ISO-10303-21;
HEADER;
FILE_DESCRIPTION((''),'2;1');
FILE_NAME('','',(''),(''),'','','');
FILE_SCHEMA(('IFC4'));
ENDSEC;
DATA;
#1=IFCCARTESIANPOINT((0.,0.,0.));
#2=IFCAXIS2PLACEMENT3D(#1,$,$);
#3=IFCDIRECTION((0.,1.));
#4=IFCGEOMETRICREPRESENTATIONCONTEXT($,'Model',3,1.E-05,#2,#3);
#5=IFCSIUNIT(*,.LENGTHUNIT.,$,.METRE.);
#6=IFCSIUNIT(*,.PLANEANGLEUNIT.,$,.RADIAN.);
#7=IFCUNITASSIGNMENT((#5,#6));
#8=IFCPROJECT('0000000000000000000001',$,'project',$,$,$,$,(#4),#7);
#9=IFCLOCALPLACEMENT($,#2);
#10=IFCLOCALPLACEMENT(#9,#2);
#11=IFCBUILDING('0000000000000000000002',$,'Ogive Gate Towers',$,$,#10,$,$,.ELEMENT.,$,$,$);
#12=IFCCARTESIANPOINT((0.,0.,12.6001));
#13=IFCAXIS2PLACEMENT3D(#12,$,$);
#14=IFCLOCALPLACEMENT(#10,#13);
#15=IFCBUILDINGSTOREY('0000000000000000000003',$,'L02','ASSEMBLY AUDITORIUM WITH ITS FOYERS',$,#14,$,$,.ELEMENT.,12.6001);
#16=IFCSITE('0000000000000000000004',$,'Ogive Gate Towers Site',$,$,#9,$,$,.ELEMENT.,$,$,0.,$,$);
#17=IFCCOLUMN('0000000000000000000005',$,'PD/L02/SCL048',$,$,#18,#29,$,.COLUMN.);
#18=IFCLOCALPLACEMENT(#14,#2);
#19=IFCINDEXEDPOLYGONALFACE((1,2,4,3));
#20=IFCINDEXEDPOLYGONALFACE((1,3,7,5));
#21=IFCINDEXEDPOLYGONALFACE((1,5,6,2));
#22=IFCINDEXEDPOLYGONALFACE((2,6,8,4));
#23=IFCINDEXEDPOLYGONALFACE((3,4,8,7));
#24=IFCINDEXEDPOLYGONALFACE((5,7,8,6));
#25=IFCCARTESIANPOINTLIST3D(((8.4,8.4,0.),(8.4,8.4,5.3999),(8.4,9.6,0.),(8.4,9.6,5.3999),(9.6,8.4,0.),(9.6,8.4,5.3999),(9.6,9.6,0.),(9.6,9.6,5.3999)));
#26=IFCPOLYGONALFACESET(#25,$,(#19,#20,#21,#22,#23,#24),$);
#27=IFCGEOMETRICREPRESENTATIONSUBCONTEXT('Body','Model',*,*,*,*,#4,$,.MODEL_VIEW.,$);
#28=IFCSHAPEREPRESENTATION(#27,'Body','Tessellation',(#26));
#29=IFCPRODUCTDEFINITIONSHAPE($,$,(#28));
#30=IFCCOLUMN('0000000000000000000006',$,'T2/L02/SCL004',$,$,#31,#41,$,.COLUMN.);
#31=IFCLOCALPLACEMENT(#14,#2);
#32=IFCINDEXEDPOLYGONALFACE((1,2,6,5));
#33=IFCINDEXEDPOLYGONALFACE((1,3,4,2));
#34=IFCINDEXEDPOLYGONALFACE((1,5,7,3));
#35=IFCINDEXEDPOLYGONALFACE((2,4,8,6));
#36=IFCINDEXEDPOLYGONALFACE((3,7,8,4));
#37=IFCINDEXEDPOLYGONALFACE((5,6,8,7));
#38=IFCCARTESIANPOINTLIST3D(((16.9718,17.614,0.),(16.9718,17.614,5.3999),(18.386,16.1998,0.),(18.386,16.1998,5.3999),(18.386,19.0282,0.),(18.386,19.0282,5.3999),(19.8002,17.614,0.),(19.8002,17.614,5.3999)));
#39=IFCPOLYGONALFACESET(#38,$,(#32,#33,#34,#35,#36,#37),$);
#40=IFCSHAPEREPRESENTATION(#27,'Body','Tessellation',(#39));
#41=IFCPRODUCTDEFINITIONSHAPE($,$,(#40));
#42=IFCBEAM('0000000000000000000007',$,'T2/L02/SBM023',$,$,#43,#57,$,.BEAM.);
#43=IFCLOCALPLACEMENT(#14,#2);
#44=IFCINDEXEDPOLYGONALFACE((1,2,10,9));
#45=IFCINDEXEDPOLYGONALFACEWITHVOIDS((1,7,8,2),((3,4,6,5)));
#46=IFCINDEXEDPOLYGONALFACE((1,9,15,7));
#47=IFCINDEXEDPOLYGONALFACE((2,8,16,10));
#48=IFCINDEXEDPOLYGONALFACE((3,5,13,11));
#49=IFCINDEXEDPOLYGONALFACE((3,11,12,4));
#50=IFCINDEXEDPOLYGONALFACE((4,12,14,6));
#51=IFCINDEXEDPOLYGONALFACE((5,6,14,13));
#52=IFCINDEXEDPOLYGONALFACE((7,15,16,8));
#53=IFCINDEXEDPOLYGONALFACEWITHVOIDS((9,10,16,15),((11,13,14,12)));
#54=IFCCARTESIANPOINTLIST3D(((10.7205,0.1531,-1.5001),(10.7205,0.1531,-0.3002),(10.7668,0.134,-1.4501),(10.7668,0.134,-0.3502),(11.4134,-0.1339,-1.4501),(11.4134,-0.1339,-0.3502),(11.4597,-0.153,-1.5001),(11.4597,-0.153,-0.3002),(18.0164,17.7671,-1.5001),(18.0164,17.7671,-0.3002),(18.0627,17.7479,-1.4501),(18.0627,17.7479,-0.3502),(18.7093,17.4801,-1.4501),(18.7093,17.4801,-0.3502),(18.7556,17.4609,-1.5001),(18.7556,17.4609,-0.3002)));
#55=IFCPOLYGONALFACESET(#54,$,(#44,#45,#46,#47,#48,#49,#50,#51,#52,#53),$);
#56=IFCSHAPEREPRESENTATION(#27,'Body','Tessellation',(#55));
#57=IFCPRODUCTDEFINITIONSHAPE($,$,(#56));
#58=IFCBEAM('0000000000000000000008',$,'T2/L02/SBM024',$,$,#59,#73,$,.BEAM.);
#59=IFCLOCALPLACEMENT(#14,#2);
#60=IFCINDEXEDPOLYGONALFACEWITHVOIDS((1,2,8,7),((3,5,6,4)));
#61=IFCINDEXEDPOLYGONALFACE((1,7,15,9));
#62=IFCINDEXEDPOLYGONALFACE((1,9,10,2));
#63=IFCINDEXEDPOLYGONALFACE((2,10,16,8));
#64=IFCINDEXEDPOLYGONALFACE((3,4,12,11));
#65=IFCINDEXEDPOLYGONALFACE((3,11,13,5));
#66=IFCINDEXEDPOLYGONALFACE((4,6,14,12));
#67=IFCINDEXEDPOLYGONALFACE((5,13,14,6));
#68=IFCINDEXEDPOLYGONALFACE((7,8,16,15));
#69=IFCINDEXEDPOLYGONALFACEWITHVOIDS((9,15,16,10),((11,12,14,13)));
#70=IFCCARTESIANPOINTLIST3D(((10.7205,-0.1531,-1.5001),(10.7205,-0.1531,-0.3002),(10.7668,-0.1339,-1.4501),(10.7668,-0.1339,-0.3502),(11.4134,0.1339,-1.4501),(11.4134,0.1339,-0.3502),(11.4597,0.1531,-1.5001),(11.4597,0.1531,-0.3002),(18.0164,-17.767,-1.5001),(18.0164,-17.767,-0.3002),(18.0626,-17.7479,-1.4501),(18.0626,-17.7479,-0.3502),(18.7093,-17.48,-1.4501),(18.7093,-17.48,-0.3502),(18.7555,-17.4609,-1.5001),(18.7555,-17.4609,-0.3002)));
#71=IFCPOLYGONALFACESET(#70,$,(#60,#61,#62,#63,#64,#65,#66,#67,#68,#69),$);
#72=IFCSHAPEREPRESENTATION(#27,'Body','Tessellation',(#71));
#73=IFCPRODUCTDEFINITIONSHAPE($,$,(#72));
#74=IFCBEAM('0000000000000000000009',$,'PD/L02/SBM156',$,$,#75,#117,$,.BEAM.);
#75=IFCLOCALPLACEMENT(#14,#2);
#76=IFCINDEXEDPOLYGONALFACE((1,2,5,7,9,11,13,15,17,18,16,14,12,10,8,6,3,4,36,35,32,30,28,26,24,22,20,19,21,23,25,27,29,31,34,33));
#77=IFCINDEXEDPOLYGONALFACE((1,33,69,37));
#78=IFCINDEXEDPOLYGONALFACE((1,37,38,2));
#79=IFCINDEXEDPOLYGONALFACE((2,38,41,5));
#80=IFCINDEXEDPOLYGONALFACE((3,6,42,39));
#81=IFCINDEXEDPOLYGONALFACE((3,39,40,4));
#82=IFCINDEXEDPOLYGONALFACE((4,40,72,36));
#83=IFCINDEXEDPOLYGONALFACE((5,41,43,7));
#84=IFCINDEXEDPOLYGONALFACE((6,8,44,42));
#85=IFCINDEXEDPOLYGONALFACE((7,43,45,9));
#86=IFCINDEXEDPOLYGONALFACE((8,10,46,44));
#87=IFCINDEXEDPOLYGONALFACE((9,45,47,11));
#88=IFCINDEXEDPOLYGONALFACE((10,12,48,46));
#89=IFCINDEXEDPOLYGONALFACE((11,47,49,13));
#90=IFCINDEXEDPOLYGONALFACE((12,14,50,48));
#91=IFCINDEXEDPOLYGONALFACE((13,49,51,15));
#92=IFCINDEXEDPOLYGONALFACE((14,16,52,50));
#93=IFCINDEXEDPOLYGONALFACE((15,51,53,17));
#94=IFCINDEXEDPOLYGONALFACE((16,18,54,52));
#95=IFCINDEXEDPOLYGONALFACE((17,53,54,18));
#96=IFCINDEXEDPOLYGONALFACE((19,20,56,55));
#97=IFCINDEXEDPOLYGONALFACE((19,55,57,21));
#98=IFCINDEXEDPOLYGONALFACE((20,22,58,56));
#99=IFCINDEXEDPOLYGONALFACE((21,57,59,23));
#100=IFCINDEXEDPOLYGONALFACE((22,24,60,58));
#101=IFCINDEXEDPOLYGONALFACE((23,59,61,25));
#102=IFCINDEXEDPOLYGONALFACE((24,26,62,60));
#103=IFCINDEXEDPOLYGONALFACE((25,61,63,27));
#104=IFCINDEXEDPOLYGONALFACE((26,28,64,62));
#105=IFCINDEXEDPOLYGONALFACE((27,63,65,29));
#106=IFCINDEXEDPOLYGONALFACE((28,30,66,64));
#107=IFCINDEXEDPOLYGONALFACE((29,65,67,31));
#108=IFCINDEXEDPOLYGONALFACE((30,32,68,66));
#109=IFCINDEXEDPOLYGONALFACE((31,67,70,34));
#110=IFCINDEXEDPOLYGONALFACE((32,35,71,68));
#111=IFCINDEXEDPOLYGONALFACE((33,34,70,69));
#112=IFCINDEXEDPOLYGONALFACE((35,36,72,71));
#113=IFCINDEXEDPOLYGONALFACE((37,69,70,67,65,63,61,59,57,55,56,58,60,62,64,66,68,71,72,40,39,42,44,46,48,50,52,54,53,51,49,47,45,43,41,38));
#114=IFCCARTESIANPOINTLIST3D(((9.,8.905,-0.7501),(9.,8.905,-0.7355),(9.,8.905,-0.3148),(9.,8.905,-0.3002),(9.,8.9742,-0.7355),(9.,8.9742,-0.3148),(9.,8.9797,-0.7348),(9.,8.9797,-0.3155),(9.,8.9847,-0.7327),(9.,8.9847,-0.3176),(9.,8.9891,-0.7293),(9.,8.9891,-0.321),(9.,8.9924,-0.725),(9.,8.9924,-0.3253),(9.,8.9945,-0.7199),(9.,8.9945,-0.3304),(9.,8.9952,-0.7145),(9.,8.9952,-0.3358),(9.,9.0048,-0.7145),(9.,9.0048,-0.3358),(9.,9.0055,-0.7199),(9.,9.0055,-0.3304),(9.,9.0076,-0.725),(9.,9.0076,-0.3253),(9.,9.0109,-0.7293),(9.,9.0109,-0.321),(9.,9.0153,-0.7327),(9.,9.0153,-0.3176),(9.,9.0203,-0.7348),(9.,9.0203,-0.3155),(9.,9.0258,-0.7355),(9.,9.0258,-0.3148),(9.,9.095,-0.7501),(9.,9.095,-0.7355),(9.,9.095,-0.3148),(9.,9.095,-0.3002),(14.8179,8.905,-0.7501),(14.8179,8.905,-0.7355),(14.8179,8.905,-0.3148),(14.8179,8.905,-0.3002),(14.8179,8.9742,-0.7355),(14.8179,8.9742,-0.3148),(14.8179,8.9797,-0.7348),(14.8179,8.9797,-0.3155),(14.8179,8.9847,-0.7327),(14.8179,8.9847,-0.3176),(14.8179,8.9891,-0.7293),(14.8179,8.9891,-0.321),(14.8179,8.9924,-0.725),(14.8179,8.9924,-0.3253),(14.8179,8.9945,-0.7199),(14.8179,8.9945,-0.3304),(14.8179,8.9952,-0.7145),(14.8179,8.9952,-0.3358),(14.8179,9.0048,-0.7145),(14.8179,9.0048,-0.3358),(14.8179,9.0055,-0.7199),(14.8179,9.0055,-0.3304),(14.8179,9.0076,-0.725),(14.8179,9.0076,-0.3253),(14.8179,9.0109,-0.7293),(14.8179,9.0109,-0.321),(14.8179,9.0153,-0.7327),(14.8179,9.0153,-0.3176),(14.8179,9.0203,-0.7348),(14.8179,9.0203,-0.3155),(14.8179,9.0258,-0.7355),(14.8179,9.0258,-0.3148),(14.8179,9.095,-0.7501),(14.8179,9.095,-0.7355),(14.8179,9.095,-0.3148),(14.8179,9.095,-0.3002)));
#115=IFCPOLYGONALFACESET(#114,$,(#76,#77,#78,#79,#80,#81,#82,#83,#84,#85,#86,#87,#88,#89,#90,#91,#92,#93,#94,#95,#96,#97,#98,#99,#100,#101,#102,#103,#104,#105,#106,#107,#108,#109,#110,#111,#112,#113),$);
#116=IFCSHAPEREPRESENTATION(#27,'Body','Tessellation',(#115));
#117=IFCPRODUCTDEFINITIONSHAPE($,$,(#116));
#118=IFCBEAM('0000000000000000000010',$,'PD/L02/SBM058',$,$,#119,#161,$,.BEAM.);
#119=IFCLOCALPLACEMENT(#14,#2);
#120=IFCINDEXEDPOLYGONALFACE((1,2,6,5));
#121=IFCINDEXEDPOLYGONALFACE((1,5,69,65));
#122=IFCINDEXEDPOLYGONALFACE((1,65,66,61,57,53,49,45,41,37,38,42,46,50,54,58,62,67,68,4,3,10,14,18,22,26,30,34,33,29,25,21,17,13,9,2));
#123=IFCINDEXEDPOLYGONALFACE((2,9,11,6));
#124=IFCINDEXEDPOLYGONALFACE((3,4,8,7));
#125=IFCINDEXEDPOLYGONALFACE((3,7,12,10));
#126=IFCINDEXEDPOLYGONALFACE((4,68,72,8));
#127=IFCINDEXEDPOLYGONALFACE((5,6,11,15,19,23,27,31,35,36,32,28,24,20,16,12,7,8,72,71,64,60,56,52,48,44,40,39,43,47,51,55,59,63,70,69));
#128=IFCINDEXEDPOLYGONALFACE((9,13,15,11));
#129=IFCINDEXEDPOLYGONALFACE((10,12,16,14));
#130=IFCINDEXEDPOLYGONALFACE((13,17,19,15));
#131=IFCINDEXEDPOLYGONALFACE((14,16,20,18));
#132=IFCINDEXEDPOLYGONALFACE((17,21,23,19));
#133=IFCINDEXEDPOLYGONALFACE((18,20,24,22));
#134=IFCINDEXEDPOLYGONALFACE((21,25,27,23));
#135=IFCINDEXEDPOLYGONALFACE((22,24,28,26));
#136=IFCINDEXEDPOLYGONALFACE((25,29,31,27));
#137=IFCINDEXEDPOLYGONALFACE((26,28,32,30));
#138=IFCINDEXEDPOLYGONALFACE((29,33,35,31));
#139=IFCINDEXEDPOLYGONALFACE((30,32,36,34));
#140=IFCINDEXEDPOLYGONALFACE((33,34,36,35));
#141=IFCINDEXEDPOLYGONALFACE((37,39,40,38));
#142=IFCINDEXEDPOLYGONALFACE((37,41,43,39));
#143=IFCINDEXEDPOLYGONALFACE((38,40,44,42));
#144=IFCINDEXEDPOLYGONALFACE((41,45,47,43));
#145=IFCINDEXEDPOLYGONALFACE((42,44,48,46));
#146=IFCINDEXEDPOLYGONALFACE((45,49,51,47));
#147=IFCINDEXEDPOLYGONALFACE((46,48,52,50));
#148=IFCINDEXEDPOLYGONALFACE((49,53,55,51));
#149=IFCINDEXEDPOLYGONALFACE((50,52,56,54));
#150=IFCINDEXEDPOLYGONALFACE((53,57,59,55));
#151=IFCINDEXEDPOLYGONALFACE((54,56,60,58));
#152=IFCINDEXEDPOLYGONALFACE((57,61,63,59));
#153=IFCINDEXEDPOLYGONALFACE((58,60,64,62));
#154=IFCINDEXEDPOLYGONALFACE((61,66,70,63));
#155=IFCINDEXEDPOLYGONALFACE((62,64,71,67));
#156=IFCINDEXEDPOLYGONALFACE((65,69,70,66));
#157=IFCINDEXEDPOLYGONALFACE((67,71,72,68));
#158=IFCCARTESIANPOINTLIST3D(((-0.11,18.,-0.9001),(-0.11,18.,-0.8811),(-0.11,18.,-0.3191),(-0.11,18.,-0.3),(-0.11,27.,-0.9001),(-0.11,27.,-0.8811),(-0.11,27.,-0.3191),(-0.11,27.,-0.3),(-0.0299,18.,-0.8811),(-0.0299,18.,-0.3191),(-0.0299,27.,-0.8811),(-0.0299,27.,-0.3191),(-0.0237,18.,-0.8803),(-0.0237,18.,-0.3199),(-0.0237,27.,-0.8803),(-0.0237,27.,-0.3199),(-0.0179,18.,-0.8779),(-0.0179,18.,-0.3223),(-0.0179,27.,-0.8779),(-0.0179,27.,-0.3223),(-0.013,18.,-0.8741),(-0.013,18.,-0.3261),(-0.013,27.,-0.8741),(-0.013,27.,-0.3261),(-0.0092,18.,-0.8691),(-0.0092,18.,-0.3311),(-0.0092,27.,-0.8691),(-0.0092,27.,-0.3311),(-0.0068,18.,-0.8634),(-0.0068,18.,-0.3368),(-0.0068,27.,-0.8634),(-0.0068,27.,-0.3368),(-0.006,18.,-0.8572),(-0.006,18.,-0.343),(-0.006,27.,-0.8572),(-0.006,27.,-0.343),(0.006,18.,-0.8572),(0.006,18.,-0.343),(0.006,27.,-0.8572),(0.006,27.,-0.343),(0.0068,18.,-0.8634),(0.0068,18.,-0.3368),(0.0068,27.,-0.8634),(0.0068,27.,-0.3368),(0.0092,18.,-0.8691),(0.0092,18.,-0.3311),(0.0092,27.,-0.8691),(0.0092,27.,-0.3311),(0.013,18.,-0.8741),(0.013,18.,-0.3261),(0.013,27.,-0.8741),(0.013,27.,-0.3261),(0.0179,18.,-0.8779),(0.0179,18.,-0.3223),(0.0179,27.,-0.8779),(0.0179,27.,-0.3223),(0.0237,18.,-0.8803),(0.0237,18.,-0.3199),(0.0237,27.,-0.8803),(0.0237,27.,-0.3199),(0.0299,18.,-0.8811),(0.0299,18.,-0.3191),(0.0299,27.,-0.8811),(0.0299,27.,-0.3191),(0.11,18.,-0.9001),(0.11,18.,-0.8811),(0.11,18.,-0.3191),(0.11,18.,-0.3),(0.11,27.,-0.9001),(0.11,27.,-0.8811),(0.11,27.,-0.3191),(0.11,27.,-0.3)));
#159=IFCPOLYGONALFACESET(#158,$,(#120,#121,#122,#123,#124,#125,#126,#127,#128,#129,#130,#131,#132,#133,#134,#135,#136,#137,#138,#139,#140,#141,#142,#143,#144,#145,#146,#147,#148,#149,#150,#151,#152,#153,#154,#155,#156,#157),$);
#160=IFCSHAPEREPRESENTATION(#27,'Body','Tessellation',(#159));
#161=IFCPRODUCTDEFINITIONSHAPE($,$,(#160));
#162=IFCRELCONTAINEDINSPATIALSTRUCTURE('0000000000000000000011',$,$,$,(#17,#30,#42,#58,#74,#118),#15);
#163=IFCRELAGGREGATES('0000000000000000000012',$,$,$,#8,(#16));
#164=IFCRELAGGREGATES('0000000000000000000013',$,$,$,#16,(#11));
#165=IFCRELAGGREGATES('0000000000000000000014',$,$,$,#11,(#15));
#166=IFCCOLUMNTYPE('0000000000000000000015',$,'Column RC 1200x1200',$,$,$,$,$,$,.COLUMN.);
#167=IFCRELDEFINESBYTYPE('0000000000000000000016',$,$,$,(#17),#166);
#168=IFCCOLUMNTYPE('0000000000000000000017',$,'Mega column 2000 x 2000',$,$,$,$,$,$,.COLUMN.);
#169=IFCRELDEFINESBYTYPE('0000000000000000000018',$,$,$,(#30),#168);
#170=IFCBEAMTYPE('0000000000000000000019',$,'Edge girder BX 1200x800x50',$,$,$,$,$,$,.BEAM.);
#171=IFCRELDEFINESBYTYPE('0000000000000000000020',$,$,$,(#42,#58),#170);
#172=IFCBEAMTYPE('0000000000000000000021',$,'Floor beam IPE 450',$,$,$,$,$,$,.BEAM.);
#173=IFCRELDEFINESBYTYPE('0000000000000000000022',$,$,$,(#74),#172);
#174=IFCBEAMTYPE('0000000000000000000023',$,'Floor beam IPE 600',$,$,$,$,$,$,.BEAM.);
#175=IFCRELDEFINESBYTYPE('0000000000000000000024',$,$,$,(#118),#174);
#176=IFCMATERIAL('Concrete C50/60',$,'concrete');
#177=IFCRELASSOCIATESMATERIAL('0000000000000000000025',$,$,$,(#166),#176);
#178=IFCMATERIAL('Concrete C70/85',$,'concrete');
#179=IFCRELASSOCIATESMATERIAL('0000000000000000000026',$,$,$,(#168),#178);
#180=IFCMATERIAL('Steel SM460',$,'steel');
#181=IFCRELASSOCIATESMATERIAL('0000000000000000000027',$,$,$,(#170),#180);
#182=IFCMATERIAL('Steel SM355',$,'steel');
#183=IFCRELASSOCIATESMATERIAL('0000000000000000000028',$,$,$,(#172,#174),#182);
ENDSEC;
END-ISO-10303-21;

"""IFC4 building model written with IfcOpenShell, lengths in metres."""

from ifc_helpers import new_model, si_unit, direction, frame, origin, origin_2d, place, context, subcontext, project, spatial, rectangle, hollow_rectangle, i_section, extrude, material, material_profile, profile_set, type_object, element, save


model = new_model("IFC4")

# Units and contexts
model_context = context("Model", 3, precision=1e-05, world=origin(), true_north=direction((0.0, 1.0)))
body_context = subcontext(model_context, "Body", "Model", "MODEL_VIEW")
ifc_project = project(units=[si_unit("LENGTHUNIT", "METRE"), si_unit("PLANEANGLEUNIT", "RADIAN")], contexts=[model_context])

# Site, building, storey
site_placement = place(None, origin())
site = spatial("IfcSite", under=ifc_project, at=site_placement, Name="Ogive Gate Towers Site", CompositionType="ELEMENT", RefElevation=0.0)
building_placement = place(site_placement, origin())
building = spatial("IfcBuilding", under=site, at=building_placement, Name="Ogive Gate Towers", CompositionType="ELEMENT")
storey_placement = place(building_placement, frame((0.0, 0.0, 12.6001)))
storey = spatial("IfcBuildingStorey", under=building, at=storey_placement, Name="L02", Description="ASSEMBLY AUDITORIUM WITH ITS FOYERS", CompositionType="ELEMENT", Elevation=12.6001)

# Columns
ifc_material_1 = material(Name="Concrete C50/60", Category="concrete")
ifc_material_profile_1 = material_profile(ifc_material_1, rectangle(XDim=1.2, YDim=1.2, at=origin_2d()), Name="RC 1200x1200")
ifc_profile_set_1 = profile_set([ifc_material_profile_1], Name="Concrete C50/60")
column_type_1 = type_object("IfcColumnType", Name="Column RC 1200x1200", PredefinedType="COLUMN", material=ifc_profile_set_1)
column_1_placement = place(storey_placement, frame((9.0, 9.0, 0.0), z_axis=(0.0, 0.0, 1.0), x_axis=(1.0, 0.0, 0.0)))
element("IfcColumn", 1, at=column_1_placement, inside=storey, type_object=column_type_1, Name="PD/L02/SCL048", PredefinedType="COLUMN", context=body_context, shape_type="SweptSolid", body=[
    extrude(rectangle(XDim=1.2, YDim=1.2, at=origin_2d()), origin(), (0.0, 0.0, 1.0), 5.3999),
])
ifc_material_2 = material(Name="Concrete C70/85", Category="concrete")
ifc_material_profile_2 = material_profile(ifc_material_2, rectangle(XDim=2.0, YDim=2.0, at=origin_2d()), Name="RC 2000x2000")
ifc_profile_set_2 = profile_set([ifc_material_profile_2], Name="Concrete C70/85")
column_type_2 = type_object("IfcColumnType", Name="Mega column 2000 x 2000", PredefinedType="COLUMN", material=ifc_profile_set_2)
column_2_placement = place(storey_placement, frame((18.386, 17.614, 0.0), z_axis=(0.0, 0.0, 1.0), x_axis=(-0.707107, 0.707107, 0.0)))
element("IfcColumn", 2, at=column_2_placement, inside=storey, type_object=column_type_2, Name="T2/L02/SCL004", PredefinedType="COLUMN", context=body_context, shape_type="SweptSolid", body=[
    extrude(rectangle(XDim=2.0, YDim=2.0, at=origin_2d()), origin(), (0.0, 0.0, 1.0), 5.3999),
])

# Beams
ifc_material_3 = material(Name="Steel SM460", Category="steel")
ifc_material_profile_3 = material_profile(ifc_material_3, hollow_rectangle(XDim=0.8, YDim=1.2, WallThickness=0.05, at=origin_2d()), Name="BX 1200x800x50")
ifc_profile_set_3 = profile_set([ifc_material_profile_3], Name="Steel SM460")
beam_type_1 = type_object("IfcBeamType", Name="Edge girder BX 1200x800x50", PredefinedType="BEAM", material=ifc_profile_set_3)
for number, where, z_axis, x_axis, name in (
    (3, (18.386, 17.614, -0.9001), (-0.382681, -0.923881, 0.0), (0.923881, -0.382681, 0.0), "T2/L02/SBM023"),
    (4, (11.0901, 0.0, -0.9001), (0.382681, -0.923881, 0.0), (0.923881, 0.382681, 0.0), "T2/L02/SBM024"),
):
    element("IfcBeam", number, at=place(storey_placement, frame(where, z_axis=z_axis, x_axis=x_axis)), inside=storey, type_object=beam_type_1, Name=name, PredefinedType="BEAM", context=body_context, shape_type="SweptSolid", body=[
        extrude(hollow_rectangle(XDim=0.8, YDim=1.2, WallThickness=0.05, at=origin_2d()), origin(), (0.0, 0.0, 1.0), 19.0652),
    ])
ifc_material_4 = material(Name="Steel SM355", Category="steel")
ifc_material_profile_4 = material_profile(ifc_material_4, i_section(OverallWidth=0.1899, OverallDepth=0.45, WebThickness=0.0095, FlangeThickness=0.0146, FilletRadius=0.021, at=origin_2d()), Name="IPE 450")
ifc_profile_set_4 = profile_set([ifc_material_profile_4], Name="Steel SM355")
beam_type_2 = type_object("IfcBeamType", Name="Floor beam IPE 450", PredefinedType="BEAM", material=ifc_profile_set_4)
beam_1_placement = place(storey_placement, frame((9.0, 9.0, -0.5251), z_axis=(1.0, 0.0, 0.0), x_axis=(0.0, 1.0, 0.0)))
element("IfcBeam", 5, at=beam_1_placement, inside=storey, type_object=beam_type_2, Name="PD/L02/SBM156", PredefinedType="BEAM", context=body_context, shape_type="SweptSolid", body=[
    extrude(i_section(OverallWidth=0.1899, OverallDepth=0.45, WebThickness=0.0095, FlangeThickness=0.0146, FilletRadius=0.021, at=origin_2d()), origin(), (0.0, 0.0, 1.0), 5.8179),
])
ifc_material_profile_5 = material_profile(ifc_material_4, i_section(OverallWidth=0.22, OverallDepth=0.6001, WebThickness=0.012, FlangeThickness=0.019, FilletRadius=0.0239, at=origin_2d()), Name="IPE 600")
ifc_profile_set_5 = profile_set([ifc_material_profile_5], Name="Steel SM355")
beam_type_3 = type_object("IfcBeamType", Name="Floor beam IPE 600", PredefinedType="BEAM", material=ifc_profile_set_5)
for number, where, z_axis, x_axis, name in (
    (6, (0.0, 18.0, -0.6001), (0.0, 1.0, 0.0), (-1.0, 0.0, 0.0), "PD/L02/SBM058"),
):
    element("IfcBeam", number, at=place(storey_placement, frame(where, z_axis=z_axis, x_axis=x_axis)), inside=storey, type_object=beam_type_3, Name=name, PredefinedType="BEAM", context=body_context, shape_type="SweptSolid", body=[
        extrude(i_section(OverallWidth=0.22, OverallDepth=0.6001, WebThickness=0.012, FlangeThickness=0.019, FilletRadius=0.0239, at=origin_2d()), origin(), (0.0, 0.0, 1.0), 9.0),
    ])

save(model, "model.ifc")
